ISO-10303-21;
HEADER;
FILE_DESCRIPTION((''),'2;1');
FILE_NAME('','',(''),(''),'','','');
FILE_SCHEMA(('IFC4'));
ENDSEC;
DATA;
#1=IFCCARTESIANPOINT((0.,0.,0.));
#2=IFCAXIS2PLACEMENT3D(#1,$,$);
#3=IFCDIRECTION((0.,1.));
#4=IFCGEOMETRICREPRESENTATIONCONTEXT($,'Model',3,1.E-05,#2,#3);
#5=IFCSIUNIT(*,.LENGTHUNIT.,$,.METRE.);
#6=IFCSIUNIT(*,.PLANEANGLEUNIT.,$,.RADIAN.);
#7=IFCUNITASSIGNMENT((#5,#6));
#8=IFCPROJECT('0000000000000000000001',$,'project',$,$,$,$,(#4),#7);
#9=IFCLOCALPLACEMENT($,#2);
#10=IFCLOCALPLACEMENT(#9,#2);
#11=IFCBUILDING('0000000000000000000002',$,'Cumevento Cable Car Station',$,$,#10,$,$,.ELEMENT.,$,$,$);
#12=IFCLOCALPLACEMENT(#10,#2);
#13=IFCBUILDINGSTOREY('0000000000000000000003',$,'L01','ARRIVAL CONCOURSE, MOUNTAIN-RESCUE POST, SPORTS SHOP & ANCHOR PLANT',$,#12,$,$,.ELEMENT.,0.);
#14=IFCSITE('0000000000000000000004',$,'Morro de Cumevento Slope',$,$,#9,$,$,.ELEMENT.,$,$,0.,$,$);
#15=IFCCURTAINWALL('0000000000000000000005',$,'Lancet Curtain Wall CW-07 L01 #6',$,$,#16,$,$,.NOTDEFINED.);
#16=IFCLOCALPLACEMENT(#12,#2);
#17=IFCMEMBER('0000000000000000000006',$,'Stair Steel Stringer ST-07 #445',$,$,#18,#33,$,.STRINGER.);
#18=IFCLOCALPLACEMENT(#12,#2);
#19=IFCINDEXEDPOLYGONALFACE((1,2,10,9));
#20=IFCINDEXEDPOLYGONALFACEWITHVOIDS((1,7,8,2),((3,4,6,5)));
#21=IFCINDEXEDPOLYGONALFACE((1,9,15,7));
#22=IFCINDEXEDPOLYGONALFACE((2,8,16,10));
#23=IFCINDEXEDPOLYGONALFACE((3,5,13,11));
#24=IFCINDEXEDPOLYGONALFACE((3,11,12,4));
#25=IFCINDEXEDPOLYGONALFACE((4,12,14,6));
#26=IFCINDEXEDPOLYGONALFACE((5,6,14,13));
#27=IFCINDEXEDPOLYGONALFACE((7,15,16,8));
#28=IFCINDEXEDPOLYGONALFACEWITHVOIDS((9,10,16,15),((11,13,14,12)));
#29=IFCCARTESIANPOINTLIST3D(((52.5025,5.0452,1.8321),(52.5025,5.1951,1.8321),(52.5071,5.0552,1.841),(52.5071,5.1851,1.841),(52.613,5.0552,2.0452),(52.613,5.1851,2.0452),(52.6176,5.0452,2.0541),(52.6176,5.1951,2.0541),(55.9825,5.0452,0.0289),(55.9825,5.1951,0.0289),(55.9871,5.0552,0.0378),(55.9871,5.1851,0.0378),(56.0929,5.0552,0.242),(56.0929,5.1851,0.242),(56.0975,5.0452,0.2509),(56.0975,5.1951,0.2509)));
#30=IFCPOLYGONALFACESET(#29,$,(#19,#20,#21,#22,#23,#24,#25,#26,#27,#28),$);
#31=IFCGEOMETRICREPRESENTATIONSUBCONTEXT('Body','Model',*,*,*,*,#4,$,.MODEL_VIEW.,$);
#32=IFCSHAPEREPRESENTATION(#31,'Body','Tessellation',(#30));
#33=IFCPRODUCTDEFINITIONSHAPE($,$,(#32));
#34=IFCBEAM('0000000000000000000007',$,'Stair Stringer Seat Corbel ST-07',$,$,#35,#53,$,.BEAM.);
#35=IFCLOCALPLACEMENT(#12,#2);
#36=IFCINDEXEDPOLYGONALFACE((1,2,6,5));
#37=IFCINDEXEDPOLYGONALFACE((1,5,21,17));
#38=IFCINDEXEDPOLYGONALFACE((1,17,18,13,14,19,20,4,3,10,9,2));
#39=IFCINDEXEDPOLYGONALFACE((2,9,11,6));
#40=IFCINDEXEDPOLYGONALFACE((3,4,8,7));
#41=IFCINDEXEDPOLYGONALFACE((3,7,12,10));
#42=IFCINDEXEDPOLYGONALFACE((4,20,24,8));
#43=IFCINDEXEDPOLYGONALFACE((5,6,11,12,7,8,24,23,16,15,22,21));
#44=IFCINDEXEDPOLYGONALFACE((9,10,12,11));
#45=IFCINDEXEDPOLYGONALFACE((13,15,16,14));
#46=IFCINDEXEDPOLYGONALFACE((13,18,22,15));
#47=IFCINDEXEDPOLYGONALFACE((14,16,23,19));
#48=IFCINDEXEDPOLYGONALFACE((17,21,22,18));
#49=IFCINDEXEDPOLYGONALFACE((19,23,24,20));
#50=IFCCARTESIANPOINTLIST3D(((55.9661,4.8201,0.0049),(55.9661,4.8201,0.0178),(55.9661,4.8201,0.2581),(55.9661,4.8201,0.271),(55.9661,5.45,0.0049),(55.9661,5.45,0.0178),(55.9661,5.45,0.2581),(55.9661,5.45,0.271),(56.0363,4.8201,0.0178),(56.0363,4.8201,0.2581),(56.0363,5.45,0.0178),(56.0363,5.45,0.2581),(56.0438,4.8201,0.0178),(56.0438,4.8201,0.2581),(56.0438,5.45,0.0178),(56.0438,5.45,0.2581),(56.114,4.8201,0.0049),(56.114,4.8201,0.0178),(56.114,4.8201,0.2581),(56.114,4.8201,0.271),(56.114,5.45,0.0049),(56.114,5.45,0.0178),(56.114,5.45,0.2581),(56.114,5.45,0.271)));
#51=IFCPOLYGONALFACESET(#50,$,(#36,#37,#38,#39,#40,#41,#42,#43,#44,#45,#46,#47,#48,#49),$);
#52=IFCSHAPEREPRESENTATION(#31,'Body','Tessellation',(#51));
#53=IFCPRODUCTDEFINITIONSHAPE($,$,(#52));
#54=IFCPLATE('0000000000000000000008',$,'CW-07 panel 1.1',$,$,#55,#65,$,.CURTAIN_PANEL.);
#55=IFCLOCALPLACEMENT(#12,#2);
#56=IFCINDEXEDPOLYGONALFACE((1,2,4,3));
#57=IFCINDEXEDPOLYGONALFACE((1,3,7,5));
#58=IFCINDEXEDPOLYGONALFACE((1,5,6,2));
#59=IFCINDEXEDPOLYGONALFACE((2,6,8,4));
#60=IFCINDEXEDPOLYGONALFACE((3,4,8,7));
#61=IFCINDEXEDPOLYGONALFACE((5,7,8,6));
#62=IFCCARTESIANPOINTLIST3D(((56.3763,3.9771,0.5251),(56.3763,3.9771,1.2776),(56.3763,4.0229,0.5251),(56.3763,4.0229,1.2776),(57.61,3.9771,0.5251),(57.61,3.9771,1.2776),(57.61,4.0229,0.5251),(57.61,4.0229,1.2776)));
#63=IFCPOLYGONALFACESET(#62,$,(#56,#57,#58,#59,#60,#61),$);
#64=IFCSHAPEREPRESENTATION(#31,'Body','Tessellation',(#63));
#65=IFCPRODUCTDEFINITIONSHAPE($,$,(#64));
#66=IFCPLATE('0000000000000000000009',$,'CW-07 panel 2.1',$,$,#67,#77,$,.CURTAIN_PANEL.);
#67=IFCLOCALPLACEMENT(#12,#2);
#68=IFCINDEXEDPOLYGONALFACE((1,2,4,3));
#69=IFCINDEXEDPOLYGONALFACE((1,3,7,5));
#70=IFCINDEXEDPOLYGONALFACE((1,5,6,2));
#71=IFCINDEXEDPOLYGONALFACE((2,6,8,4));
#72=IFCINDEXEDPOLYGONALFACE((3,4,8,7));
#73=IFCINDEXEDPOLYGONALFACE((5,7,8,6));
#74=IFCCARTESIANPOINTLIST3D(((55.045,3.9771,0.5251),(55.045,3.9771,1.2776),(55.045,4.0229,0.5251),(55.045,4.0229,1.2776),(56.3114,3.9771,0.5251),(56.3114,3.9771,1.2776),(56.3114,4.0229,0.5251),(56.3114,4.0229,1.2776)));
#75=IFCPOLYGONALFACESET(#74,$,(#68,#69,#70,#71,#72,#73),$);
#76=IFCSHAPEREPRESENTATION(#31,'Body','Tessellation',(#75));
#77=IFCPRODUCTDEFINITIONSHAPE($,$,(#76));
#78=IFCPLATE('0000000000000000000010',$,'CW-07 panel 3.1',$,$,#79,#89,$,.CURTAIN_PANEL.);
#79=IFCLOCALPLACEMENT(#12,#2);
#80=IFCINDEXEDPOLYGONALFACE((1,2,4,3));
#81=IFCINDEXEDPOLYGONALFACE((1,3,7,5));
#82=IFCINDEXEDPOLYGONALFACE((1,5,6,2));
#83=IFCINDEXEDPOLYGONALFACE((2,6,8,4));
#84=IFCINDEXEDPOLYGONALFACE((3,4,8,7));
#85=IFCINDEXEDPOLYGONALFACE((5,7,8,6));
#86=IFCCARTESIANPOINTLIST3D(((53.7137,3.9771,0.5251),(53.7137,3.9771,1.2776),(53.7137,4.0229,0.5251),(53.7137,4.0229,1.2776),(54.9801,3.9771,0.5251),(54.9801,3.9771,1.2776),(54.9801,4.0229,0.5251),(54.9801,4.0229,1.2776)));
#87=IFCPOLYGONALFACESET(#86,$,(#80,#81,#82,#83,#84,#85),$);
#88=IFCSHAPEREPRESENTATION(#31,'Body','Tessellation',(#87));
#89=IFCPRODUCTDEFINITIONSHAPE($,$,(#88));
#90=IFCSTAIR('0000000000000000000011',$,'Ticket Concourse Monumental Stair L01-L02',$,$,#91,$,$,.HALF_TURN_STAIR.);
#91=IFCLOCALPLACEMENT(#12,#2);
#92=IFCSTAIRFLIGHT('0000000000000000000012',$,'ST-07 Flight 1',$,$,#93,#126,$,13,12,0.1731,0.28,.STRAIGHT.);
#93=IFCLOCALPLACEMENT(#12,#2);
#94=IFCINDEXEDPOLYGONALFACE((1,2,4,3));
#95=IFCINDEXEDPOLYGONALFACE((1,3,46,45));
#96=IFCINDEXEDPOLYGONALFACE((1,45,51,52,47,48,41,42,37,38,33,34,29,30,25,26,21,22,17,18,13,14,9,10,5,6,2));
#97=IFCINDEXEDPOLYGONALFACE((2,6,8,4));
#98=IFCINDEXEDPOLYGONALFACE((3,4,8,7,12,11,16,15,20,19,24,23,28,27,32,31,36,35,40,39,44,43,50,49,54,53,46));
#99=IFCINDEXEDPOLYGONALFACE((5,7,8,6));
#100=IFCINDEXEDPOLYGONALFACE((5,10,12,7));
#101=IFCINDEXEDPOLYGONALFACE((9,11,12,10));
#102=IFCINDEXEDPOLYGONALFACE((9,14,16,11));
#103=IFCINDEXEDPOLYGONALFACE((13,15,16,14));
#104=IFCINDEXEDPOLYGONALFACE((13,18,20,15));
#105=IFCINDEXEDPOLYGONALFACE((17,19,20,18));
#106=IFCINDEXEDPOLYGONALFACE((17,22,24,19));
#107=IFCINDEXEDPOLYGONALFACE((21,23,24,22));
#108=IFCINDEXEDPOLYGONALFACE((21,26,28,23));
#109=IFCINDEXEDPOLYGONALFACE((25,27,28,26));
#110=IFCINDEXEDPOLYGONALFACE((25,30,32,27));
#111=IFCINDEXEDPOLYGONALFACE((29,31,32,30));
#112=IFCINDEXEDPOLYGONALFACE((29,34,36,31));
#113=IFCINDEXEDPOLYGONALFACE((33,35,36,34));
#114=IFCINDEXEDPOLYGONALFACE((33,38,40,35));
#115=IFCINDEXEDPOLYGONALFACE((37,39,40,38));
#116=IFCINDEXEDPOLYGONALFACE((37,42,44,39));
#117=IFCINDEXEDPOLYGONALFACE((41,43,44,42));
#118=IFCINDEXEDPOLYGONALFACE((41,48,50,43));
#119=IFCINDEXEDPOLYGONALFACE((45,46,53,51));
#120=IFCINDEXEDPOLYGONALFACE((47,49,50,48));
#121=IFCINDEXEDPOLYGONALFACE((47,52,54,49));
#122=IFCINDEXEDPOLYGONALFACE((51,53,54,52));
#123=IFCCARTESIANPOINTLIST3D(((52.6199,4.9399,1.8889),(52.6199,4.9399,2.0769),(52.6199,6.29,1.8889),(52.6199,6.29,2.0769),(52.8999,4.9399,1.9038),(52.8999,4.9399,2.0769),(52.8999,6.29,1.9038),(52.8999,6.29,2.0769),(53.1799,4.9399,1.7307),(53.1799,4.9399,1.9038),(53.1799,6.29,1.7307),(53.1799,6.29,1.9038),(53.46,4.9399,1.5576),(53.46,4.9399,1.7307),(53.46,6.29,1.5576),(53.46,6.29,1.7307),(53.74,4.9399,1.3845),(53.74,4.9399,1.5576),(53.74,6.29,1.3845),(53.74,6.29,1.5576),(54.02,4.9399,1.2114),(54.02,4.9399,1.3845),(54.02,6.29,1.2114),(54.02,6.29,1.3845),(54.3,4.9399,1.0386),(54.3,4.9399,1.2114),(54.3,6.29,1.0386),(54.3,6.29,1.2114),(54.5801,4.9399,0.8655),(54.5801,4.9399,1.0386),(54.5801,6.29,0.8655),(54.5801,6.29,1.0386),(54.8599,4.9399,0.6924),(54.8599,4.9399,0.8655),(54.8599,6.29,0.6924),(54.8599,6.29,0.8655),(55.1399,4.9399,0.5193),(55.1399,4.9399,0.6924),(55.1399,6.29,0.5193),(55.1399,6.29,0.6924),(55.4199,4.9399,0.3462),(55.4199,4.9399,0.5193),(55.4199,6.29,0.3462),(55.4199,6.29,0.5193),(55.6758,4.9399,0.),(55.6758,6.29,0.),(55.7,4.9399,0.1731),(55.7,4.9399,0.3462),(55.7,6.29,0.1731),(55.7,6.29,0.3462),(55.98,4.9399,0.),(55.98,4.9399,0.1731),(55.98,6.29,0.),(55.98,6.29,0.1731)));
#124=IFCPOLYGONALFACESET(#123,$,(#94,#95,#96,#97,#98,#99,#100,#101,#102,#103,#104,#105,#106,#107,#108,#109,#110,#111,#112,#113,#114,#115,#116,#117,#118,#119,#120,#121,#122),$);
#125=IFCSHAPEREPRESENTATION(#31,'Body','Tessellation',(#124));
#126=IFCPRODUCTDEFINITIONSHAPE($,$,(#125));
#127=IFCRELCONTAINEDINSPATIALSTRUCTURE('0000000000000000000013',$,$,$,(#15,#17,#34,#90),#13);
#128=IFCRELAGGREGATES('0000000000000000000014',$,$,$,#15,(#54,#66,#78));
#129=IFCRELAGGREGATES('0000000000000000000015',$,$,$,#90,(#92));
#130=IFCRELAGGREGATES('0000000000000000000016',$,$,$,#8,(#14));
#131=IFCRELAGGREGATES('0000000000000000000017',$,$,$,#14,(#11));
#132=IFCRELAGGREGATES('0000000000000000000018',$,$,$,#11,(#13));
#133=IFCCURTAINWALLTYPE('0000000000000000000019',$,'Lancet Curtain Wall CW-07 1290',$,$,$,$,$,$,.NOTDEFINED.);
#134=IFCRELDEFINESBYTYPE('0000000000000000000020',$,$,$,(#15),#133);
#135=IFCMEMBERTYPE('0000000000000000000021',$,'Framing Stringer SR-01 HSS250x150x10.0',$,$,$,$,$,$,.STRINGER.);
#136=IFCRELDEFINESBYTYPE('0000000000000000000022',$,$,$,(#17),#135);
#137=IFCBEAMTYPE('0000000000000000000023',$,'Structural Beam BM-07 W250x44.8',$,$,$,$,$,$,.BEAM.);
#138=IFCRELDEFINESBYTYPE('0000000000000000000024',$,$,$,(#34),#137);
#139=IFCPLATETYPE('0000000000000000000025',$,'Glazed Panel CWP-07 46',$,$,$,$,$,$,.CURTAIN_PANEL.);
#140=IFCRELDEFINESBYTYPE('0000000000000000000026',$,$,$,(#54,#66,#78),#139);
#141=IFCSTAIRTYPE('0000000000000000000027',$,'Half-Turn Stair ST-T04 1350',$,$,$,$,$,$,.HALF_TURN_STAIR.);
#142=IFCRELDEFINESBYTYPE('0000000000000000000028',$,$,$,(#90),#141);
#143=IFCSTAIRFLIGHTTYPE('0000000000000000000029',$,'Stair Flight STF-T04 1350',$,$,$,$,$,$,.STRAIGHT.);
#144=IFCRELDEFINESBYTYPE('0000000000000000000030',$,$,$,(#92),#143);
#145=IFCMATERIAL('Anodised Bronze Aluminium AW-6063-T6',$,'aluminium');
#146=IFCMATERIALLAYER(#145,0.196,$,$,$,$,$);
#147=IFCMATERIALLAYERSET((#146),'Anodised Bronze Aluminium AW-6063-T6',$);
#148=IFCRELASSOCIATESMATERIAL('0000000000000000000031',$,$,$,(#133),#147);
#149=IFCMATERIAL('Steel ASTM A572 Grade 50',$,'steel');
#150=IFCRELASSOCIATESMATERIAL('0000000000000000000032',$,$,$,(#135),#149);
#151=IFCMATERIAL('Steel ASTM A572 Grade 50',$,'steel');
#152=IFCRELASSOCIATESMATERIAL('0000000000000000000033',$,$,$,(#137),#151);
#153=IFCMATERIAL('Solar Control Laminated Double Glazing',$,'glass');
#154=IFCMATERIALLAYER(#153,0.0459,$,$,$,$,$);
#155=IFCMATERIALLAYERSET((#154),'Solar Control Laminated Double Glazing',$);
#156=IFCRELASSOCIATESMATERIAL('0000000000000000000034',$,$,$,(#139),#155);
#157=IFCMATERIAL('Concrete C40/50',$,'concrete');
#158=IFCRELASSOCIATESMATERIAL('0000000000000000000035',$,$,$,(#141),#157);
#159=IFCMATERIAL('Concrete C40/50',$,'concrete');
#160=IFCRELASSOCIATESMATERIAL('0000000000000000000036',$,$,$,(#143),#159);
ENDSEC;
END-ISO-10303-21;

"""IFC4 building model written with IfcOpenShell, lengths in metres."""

from ifc_helpers import new_model, si_unit, direction, frame, origin, origin_2d, place, context, subcontext, project, spatial, polyline, rectangle, hollow_rectangle, i_section, outline, extrude, material, layer, layer_set, material_profile, profile_set, type_object, element, aggregate, save


model = new_model("IFC4")

# Units and contexts
model_context = context("Model", 3, precision=1e-05, world=origin(), true_north=direction((0.0, 1.0)))
body_context = subcontext(model_context, "Body", "Model", "MODEL_VIEW")
ifc_project = project(units=[si_unit("LENGTHUNIT", "METRE"), si_unit("PLANEANGLEUNIT", "RADIAN")], contexts=[model_context])

# Site, building, storey
site_placement = place(None, origin())
site = spatial("IfcSite", under=ifc_project, at=site_placement, Name="Morro de Cumevento Slope", CompositionType="ELEMENT", RefElevation=0.0)
building_placement = place(site_placement, origin())
building = spatial("IfcBuilding", under=site, at=building_placement, Name="Cumevento Cable Car Station", CompositionType="ELEMENT")
storey_placement = place(building_placement, origin())
storey = spatial("IfcBuildingStorey", under=building, at=storey_placement, Name="L01", Description="ARRIVAL CONCOURSE, MOUNTAIN-RESCUE POST, SPORTS SHOP & ANCHOR PLANT", CompositionType="ELEMENT", Elevation=0.0)

# Curtain wall
ifc_material_1 = material(Name="Anodised Bronze Aluminium AW-6063-T6", Category="aluminium")
ifc_layer_1 = layer(ifc_material_1, 0.196)
ifc_layer_set_1 = layer_set([ifc_layer_1], Name="Anodised Bronze Aluminium AW-6063-T6")
curtain_wall_type = type_object("IfcCurtainWallType", Name="Lancet Curtain Wall CW-07 1290", PredefinedType="NOTDEFINED", material=ifc_layer_set_1)
curtain_wall_placement = place(storey_placement, origin())
curtain_wall = element("IfcCurtainWall", 1, at=curtain_wall_placement, inside=storey, type_object=curtain_wall_type, Name="Lancet Curtain Wall CW-07 L01 #6", PredefinedType="NOTDEFINED")

# Member
ifc_material_2 = material(Name="Steel ASTM A572 Grade 50", Category="steel")
ifc_material_profile_1 = material_profile(ifc_material_2, hollow_rectangle(XDim=0.1499, YDim=0.25, WallThickness=0.01, at=origin_2d()), Name="HSS250x150x10.0")
ifc_profile_set_1 = profile_set([ifc_material_profile_1], Name="Steel ASTM A572 Grade 50")
member_type_1 = type_object("IfcMemberType", Name="Framing Stringer SR-01 HSS250x150x10.0", PredefinedType="STRINGER", material=ifc_profile_set_1)
member_1_placement = place(storey_placement, frame((56.04, 5.1201, 0.1399), z_axis=(-0.887881, 0.0, 0.460074), x_axis=(0.0, -1.0, 0.0)))
element("IfcMember", 2, at=member_1_placement, inside=storey, type_object=member_type_1, Name="Stair Steel Stringer ST-07 #445", PredefinedType="STRINGER", context=body_context, shape_type="SweptSolid", body=[
    extrude(hollow_rectangle(XDim=0.1499, YDim=0.25, WallThickness=0.01, at=origin_2d()), origin(), (0.0, 0.0, 1.0), 3.9194),
])

# Beam
ifc_material_3 = material(Name="Steel ASTM A572 Grade 50", Category="steel")
ifc_material_profile_2 = material_profile(ifc_material_3, i_section(OverallWidth=0.1479, OverallDepth=0.2661, WebThickness=0.0076, FlangeThickness=0.0129, at=origin_2d()), Name="W250x44.8")
ifc_profile_set_2 = profile_set([ifc_material_profile_2], Name="Steel ASTM A572 Grade 50")
beam_type = type_object("IfcBeamType", Name="Structural Beam BM-07 W250x44.8", PredefinedType="BEAM", material=ifc_profile_set_2)
beam_placement = place(storey_placement, frame((56.04, 4.8201, 0.1379), z_axis=(0.0, 1.0, 0.0), x_axis=(-1.0, 0.0, 0.0)))
element("IfcBeam", 3, at=beam_placement, inside=storey, type_object=beam_type, Name="Stair Stringer Seat Corbel ST-07", PredefinedType="BEAM", context=body_context, shape_type="SweptSolid", body=[
    extrude(i_section(OverallWidth=0.1479, OverallDepth=0.2661, WebThickness=0.0076, FlangeThickness=0.0129, at=origin_2d()), origin(), (0.0, 0.0, 1.0), 0.6299),
])

# Plates
ifc_material_4 = material(Name="Solar Control Laminated Double Glazing", Category="glass")
ifc_layer_2 = layer(ifc_material_4, 0.0459)
ifc_layer_set_2 = layer_set([ifc_layer_2], Name="Solar Control Laminated Double Glazing")
plate_type = type_object("IfcPlateType", Name="Glazed Panel CWP-07 46", PredefinedType="CURTAIN_PANEL", material=ifc_layer_set_2)
plate_1_placement = place(storey_placement, frame((56.9932, 4.0, 0.5251), z_axis=(0.0, 0.0, 1.0), x_axis=(-1.0, 0.0, 0.0)))
plate_1 = element("IfcPlate", 4, at=plate_1_placement, type_object=plate_type, Name="CW-07 panel 1.1", PredefinedType="CURTAIN_PANEL", context=body_context, shape_type="SweptSolid", body=[
    extrude(rectangle(XDim=1.2336, YDim=0.0459, at=origin_2d()), origin(), (0.0, 0.0, 1.0), 0.7524),
])
plate_2_placement = place(storey_placement, frame((55.6782, 4.0, 0.5251), z_axis=(0.0, 0.0, 1.0), x_axis=(-1.0, 0.0, 0.0)))
plate_2 = element("IfcPlate", 5, at=plate_2_placement, type_object=plate_type, Name="CW-07 panel 2.1", PredefinedType="CURTAIN_PANEL", context=body_context, shape_type="SweptSolid", body=[
    extrude(rectangle(XDim=1.2664, YDim=0.0459, at=origin_2d()), origin(), (0.0, 0.0, 1.0), 0.7524),
])
plate_3_placement = place(storey_placement, frame((54.3469, 4.0, 0.5251), z_axis=(0.0, 0.0, 1.0), x_axis=(-1.0, 0.0, 0.0)))
plate_3 = element("IfcPlate", 6, at=plate_3_placement, type_object=plate_type, Name="CW-07 panel 3.1", PredefinedType="CURTAIN_PANEL", context=body_context, shape_type="SweptSolid", body=[
    extrude(rectangle(XDim=1.2664, YDim=0.0459, at=origin_2d()), origin(), (0.0, 0.0, 1.0), 0.7524),
])
aggregate(curtain_wall, [plate_1, plate_2, plate_3])

# Stair, stair flight
ifc_material_5 = material(Name="Concrete C40/50", Category="concrete")
stair_type = type_object("IfcStairType", Name="Half-Turn Stair ST-T04 1350", PredefinedType="HALF_TURN_STAIR", material=ifc_material_5)
stair_placement = place(storey_placement, origin())
stair = element("IfcStair", 7, at=stair_placement, inside=storey, type_object=stair_type, Name="Ticket Concourse Monumental Stair L01-L02", PredefinedType="HALF_TURN_STAIR")
ifc_material_6 = material(Name="Concrete C40/50", Category="concrete")
stair_flight_type = type_object("IfcStairFlightType", Name="Stair Flight STF-T04 1350", PredefinedType="STRAIGHT", material=ifc_material_6)
stair_flight_placement = place(storey_placement, frame((55.98, 5.615, 0.0), z_axis=(0.0, 0.0, 1.0), x_axis=(-1.0, 0.0, 0.0)))
stair_flight = element("IfcStairFlight", 8, at=stair_flight_placement, type_object=stair_flight_type, Name="ST-07 Flight 1", NumberOfRisers=13, NumberOfTreads=12, PredefinedType="STRAIGHT", RiserHeight=0.1731, TreadLength=0.28, context=body_context, shape_type="SweptSolid", body=[
    extrude(outline(polyline([(0.0, 0.0), (0.0, 0.1731), (0.28, 0.1731), (0.28, 0.3462), (0.5601, 0.3462), (0.5601, 0.5193), (0.8401, 0.5193), (0.8401, 0.6924), (1.1201, 0.6924), (1.1201, 0.8655), (1.3999, 0.8655), (1.3999, 1.0386), (1.6799, 1.0386), (1.6799, 1.2114), (1.96, 1.2114), (1.96, 1.3845), (2.24, 1.3845), (2.24, 1.5576), (2.52, 1.5576), (2.52, 1.7307), (2.8, 1.7307), (2.8, 1.9038), (3.0801, 1.9038), (3.0801, 2.0769), (3.3601, 2.0769), (3.3601, 2.25), (3.3601, 1.8889), (0.3042, 0.0), (0.0, 0.0)])), frame((0.0, 0.675, 0.0), z_axis=(0.0, -1.0, 0.0), x_axis=(1.0, 0.0, 0.0)), (0.0, 0.0, 1.0), 1.3501),
])
aggregate(stair, [stair_flight])

save(model, "model.ifc")
